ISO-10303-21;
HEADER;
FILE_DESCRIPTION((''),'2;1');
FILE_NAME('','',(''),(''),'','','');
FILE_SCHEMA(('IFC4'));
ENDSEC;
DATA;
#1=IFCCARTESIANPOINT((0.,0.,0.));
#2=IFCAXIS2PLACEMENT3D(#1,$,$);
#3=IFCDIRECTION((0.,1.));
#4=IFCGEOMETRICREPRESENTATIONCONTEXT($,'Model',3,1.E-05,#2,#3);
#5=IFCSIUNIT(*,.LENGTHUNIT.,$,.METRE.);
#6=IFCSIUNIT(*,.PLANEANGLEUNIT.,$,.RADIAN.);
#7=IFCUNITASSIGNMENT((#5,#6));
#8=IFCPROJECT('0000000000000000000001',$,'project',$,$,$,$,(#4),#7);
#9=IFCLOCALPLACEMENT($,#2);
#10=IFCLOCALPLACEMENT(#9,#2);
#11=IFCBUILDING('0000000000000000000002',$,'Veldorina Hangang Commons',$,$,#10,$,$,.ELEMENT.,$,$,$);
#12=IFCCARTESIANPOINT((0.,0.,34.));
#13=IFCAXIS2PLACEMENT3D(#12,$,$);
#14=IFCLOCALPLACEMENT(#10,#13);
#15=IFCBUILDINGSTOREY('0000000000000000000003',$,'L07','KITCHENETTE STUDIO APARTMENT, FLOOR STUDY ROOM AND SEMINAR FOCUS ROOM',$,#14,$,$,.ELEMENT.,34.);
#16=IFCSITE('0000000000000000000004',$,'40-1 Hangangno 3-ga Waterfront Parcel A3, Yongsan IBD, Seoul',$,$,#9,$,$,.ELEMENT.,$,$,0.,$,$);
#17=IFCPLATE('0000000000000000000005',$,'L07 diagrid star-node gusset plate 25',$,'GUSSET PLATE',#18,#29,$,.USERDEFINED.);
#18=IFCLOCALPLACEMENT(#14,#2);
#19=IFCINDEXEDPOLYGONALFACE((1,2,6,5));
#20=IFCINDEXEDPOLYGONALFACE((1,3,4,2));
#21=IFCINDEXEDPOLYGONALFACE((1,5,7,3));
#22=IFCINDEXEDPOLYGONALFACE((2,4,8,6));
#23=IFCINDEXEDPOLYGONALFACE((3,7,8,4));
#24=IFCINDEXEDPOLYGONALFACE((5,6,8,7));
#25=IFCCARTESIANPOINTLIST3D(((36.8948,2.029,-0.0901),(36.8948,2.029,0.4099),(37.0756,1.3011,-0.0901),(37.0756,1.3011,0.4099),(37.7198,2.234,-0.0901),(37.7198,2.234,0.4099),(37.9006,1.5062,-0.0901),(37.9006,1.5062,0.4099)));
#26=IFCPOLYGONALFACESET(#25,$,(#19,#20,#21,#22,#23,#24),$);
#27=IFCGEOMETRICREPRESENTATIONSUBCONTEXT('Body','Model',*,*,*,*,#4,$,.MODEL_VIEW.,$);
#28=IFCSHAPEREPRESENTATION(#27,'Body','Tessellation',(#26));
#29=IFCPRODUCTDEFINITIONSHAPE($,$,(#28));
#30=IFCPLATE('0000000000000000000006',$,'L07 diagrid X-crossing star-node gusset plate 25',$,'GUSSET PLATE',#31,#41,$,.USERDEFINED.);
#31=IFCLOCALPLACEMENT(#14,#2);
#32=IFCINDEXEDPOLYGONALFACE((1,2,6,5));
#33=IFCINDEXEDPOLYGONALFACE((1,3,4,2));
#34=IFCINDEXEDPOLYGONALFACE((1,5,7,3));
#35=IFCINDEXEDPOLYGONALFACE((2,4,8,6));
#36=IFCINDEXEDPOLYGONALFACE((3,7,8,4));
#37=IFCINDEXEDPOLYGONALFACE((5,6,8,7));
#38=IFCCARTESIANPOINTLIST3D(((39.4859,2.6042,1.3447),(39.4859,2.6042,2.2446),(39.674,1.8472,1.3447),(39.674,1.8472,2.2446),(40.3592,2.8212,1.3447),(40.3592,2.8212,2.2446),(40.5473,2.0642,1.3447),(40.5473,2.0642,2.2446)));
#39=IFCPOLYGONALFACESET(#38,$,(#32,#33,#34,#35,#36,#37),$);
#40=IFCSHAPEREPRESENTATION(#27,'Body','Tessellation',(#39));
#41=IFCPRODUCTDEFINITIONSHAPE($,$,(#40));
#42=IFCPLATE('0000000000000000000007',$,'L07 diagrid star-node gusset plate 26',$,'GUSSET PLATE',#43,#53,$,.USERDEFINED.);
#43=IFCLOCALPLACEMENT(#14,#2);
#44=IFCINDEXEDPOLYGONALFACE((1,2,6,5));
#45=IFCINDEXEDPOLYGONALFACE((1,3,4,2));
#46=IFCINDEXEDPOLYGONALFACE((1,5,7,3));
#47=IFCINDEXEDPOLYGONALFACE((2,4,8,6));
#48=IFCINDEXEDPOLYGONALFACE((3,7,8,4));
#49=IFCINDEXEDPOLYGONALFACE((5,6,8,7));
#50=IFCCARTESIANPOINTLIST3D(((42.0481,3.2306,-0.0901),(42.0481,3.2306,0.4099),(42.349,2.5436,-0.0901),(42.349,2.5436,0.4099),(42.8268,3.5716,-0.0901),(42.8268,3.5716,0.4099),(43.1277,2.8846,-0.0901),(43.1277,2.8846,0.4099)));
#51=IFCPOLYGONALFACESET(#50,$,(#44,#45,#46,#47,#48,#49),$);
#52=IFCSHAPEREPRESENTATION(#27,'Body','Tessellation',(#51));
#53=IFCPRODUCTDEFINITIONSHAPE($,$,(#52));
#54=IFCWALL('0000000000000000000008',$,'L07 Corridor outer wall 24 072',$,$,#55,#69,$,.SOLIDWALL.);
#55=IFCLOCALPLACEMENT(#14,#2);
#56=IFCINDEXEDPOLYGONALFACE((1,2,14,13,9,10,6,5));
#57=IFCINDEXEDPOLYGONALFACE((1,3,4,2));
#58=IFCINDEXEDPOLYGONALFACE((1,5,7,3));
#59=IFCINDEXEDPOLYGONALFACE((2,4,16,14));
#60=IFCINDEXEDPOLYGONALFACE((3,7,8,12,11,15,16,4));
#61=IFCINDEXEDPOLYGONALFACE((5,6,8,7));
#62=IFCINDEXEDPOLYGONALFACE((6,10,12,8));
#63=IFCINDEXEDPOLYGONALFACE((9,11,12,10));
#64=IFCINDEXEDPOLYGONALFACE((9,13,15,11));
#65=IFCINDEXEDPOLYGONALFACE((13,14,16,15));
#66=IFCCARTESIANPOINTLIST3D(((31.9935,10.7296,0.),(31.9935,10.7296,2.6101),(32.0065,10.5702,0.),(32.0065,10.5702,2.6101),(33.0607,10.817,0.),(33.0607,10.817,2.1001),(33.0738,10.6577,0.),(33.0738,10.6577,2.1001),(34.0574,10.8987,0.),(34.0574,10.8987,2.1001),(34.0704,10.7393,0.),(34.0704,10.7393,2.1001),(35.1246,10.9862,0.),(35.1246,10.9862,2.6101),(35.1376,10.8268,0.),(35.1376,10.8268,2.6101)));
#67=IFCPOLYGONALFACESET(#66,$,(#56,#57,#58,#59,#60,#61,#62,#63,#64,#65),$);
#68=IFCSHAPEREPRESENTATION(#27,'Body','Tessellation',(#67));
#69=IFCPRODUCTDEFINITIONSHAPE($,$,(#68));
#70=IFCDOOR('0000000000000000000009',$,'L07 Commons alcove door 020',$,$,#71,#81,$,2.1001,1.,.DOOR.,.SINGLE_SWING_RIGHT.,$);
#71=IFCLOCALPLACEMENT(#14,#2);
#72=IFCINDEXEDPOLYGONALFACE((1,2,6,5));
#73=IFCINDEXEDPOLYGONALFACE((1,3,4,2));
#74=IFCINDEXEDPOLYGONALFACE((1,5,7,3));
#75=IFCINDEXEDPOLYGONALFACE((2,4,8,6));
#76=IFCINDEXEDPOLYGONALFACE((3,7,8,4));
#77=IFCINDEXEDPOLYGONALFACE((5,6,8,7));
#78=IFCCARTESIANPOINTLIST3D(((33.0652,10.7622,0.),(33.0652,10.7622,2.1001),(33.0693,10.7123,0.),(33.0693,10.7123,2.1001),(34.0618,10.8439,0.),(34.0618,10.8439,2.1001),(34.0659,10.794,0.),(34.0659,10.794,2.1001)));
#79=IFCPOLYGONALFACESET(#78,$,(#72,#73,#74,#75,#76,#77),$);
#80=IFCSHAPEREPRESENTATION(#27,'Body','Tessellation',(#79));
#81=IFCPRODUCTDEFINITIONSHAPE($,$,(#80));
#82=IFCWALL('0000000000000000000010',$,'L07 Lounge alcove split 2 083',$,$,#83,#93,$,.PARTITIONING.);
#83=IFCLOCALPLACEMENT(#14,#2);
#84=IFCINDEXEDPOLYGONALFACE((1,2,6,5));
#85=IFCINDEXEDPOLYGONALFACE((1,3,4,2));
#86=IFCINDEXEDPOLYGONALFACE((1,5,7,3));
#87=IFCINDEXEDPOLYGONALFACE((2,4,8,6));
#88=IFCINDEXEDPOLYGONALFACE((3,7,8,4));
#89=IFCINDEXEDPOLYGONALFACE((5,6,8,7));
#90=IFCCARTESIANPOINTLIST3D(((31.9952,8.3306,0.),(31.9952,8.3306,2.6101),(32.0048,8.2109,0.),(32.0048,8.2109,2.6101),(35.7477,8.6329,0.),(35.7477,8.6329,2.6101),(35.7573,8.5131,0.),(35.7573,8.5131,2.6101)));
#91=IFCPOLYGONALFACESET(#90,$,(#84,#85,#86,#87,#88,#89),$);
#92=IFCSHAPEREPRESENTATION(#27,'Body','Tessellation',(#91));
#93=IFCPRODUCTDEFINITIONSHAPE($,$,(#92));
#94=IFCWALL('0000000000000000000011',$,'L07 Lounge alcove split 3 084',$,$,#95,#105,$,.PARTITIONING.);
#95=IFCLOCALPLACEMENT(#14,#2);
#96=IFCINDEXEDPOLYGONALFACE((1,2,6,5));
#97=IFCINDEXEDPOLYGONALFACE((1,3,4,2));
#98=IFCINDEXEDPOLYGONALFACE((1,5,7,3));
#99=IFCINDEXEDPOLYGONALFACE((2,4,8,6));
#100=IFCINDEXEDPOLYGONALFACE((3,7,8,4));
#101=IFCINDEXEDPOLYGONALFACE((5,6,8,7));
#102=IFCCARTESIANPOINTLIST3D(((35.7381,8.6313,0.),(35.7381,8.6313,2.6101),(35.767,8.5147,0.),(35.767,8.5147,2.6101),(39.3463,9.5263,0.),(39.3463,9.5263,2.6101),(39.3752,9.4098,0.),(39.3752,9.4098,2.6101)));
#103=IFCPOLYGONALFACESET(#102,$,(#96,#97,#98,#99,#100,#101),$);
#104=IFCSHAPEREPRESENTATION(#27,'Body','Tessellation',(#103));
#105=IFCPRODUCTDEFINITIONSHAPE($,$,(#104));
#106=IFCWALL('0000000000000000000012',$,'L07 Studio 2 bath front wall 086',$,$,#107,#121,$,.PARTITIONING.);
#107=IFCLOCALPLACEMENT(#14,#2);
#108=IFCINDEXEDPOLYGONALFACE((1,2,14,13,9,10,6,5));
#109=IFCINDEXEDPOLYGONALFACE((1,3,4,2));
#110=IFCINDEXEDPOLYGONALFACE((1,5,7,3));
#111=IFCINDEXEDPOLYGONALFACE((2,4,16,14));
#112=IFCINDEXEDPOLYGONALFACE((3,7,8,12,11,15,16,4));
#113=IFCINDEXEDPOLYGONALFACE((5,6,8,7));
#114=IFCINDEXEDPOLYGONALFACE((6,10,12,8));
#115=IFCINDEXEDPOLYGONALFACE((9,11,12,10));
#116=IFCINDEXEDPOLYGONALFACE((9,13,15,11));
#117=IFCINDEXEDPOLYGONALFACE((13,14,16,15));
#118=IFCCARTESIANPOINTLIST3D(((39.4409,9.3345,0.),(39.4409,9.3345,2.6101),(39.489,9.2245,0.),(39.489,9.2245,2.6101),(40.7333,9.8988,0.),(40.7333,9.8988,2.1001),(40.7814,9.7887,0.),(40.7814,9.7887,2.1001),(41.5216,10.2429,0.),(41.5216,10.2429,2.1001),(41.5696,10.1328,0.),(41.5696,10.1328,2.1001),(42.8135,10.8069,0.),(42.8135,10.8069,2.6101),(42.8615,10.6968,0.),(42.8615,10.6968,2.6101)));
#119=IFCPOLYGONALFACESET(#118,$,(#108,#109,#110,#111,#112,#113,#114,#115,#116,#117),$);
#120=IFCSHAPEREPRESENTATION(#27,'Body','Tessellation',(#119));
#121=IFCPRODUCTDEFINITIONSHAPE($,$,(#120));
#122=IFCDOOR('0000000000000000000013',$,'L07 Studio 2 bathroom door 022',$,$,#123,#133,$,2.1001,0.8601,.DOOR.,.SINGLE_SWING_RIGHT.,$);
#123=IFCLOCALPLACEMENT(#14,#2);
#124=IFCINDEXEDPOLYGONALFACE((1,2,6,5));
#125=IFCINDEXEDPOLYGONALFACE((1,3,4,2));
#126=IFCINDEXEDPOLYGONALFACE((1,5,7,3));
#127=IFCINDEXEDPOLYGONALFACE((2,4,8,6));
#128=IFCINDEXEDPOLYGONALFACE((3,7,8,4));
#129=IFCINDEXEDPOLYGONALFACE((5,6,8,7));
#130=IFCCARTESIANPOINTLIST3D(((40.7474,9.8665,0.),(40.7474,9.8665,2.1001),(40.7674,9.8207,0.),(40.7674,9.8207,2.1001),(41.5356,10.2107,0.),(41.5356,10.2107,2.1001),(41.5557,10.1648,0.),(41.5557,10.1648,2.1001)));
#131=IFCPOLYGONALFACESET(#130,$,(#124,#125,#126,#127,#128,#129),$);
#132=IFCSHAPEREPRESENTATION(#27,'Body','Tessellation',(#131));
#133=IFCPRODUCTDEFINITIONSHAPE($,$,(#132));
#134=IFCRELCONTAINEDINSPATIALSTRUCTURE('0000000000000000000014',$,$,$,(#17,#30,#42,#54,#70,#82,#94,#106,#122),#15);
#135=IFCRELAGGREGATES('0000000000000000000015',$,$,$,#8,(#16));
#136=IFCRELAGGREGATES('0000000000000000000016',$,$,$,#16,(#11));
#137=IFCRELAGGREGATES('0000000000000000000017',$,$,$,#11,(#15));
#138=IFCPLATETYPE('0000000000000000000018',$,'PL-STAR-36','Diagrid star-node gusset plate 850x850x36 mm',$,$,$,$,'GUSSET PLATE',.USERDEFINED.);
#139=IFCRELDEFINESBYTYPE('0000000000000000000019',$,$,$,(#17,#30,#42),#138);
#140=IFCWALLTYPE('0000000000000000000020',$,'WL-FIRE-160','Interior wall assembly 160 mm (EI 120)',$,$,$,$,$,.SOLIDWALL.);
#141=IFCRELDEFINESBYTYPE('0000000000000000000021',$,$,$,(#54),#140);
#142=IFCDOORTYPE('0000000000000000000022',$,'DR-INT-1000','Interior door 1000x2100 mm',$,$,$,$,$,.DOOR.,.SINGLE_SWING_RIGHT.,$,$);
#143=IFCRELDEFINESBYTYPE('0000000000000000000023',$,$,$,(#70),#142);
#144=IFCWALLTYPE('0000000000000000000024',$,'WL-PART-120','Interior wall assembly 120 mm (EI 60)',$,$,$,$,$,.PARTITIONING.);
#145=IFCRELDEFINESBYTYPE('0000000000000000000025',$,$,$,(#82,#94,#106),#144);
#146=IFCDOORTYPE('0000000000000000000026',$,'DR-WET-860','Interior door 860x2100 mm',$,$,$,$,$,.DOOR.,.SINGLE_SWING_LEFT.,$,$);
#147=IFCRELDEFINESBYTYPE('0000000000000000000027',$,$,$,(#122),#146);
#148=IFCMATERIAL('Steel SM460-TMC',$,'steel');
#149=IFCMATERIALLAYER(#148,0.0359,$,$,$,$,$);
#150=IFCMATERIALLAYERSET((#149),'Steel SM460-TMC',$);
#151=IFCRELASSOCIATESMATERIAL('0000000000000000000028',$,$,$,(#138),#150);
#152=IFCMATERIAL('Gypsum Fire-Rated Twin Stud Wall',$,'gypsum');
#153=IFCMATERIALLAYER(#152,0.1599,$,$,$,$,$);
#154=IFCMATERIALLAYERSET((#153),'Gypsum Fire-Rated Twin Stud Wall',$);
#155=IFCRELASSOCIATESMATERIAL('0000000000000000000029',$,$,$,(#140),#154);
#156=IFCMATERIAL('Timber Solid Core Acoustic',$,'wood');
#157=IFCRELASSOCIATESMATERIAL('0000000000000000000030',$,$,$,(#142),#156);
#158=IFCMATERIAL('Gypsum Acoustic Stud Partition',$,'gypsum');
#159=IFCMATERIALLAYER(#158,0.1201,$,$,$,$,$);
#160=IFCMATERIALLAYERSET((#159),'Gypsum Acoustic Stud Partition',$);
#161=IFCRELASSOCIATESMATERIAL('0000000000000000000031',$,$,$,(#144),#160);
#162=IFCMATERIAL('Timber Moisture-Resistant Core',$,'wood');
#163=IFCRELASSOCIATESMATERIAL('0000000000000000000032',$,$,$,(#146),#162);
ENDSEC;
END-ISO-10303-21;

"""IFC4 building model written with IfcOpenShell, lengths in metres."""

from ifc_helpers import new_model, si_unit, direction, frame, frame_2d, origin, origin_2d, place, context, subcontext, project, spatial, rectangle, extrude, material, layer, layer_set, type_object, element, fill, save


model = new_model("IFC4")

# Units and contexts
model_context = context("Model", 3, precision=1e-05, world=origin(), true_north=direction((0.0, 1.0)))
body_context = subcontext(model_context, "Body", "Model", "MODEL_VIEW")
ifc_project = project(units=[si_unit("LENGTHUNIT", "METRE"), si_unit("PLANEANGLEUNIT", "RADIAN")], contexts=[model_context])

# Site, building, storey
site_placement = place(None, origin())
site = spatial("IfcSite", under=ifc_project, at=site_placement, Name="40-1 Hangangno 3-ga Waterfront Parcel A3, Yongsan IBD, Seoul", CompositionType="ELEMENT", RefElevation=0.0)
building_placement = place(site_placement, origin())
building = spatial("IfcBuilding", under=site, at=building_placement, Name="Veldorina Hangang Commons", CompositionType="ELEMENT")
storey_placement = place(building_placement, frame((0.0, 0.0, 34.0)))
storey = spatial("IfcBuildingStorey", under=building, at=storey_placement, Name="L07", Description="KITCHENETTE STUDIO APARTMENT, FLOOR STUDY ROOM AND SEMINAR FOCUS ROOM", CompositionType="ELEMENT", Elevation=34.0)

# Shared definitions
ifc_material_1 = material(Name="Steel SM460-TMC", Category="steel")

# Plates
ifc_layer_1 = layer(ifc_material_1, 0.0359)
ifc_layer_set_1 = layer_set([ifc_layer_1], Name="Steel SM460-TMC")
plate_type_1 = type_object("IfcPlateType", Name="PL-STAR-36", Description="Diagrid star-node gusset plate 850x850x36 mm", ElementType="GUSSET PLATE", PredefinedType="USERDEFINED", material=ifc_layer_set_1)
plate_1_placement = place(storey_placement, frame((37.3977, 1.7676, -0.0901), z_axis=(0.0, 0.0, 1.0), x_axis=(0.970481, 0.241177, 0.0)))
element("IfcPlate", 1, at=plate_1_placement, inside=storey, type_object=plate_type_1, Name="L07 diagrid star-node gusset plate 25", ObjectType="GUSSET PLATE", PredefinedType="USERDEFINED", context=body_context, shape_type="SweptSolid", body=[
    extrude(rectangle(XDim=0.8501, YDim=0.75, at=origin_2d()), origin(), (0.0, 0.0, 1.0), 0.5),
])
plate_2_placement = place(storey_placement, frame((40.0166, 2.3342, 1.3447), z_axis=(0.0, 0.0, 1.0), x_axis=(0.970481, 0.241177, 0.0)))
element("IfcPlate", 2, at=plate_2_placement, inside=storey, type_object=plate_type_1, Name="L07 diagrid X-crossing star-node gusset plate 25", ObjectType="GUSSET PLATE", PredefinedType="USERDEFINED", context=body_context, shape_type="SweptSolid", body=[
    extrude(rectangle(XDim=0.8999, YDim=0.78, at=origin_2d()), origin(), (0.0, 0.0, 1.0), 0.8999),
])
plate_3_placement = place(storey_placement, frame((42.5879, 3.0576, -0.0901), z_axis=(0.0, 0.0, 1.0), x_axis=(0.91602, 0.401133, 0.0)))
element("IfcPlate", 3, at=plate_3_placement, inside=storey, type_object=plate_type_1, Name="L07 diagrid star-node gusset plate 26", ObjectType="GUSSET PLATE", PredefinedType="USERDEFINED", context=body_context, shape_type="SweptSolid", body=[
    extrude(rectangle(XDim=0.8501, YDim=0.75, at=origin_2d()), origin(), (0.0, 0.0, 1.0), 0.5),
])

# Wall, opening, door
ifc_material_2 = material(Name="Gypsum Fire-Rated Twin Stud Wall", Category="gypsum")
ifc_layer_2 = layer(ifc_material_2, 0.1599)
ifc_layer_set_2 = layer_set([ifc_layer_2], Name="Gypsum Fire-Rated Twin Stud Wall")
wall_type_1 = type_object("IfcWallType", Name="WL-FIRE-160", Description="Interior wall assembly 160 mm (EI 120)", PredefinedType="SOLIDWALL", material=ifc_layer_set_2)
wall_1_placement = place(storey_placement, frame((32.0, 10.6499, 0.0), z_axis=(0.0, 0.0, 1.0), x_axis=(0.996659, 0.081676, 0.0)))
wall_1 = element("IfcWall", 4, at=wall_1_placement, inside=storey, type_object=wall_type_1, Name="L07 Corridor outer wall 24 072", PredefinedType="SOLIDWALL", context=body_context, shape_type="SweptSolid", body=[
    extrude(rectangle(XDim=3.1416, YDim=0.1599, at=frame_2d((1.5708, 0.0))), origin(), (0.0, 0.0, 1.0), 2.6101),
])
opening_1_placement = place(wall_1_placement, frame((1.0708, 0.0, 0.0)))
opening_1 = element("IfcOpeningElement", 5, at=opening_1_placement, cuts=wall_1, PredefinedType="OPENING", context=body_context, shape_type="SweptSolid", body=[
    extrude(rectangle(XDim=1.0, YDim=2.1001, at=frame_2d((0.5, 1.05))), frame((0.0, 0.0898, 0.0), z_axis=(0.0, -1.0, 0.0), x_axis=(1.0, 0.0, 0.0)), (0.0, 0.0, 1.0), 0.1799),
])
ifc_material_3 = material(Name="Timber Solid Core Acoustic", Category="wood")
door_type_1 = type_object("IfcDoorType", Name="DR-INT-1000", Description="Interior door 1000x2100 mm", OperationType="SINGLE_SWING_RIGHT", PredefinedType="DOOR", material=ifc_material_3)
door_1_placement = place(opening_1_placement, origin())
door_1 = element("IfcDoor", 6, at=door_1_placement, inside=storey, type_object=door_type_1, Name="L07 Commons alcove door 020", OperationType="SINGLE_SWING_RIGHT", OverallHeight=2.1001, OverallWidth=1.0, PredefinedType="DOOR", context=body_context, shape_type="SweptSolid", body=[
    extrude(rectangle(XDim=1.0, YDim=2.1001, at=frame_2d((0.5, 1.05))), frame((0.0, 0.0249, 0.0), z_axis=(0.0, -1.0, 0.0), x_axis=(1.0, 0.0, 0.0)), (0.0, 0.0, 1.0), 0.05),
])
fill(opening_1, door_1)

# Walls
ifc_material_4 = material(Name="Gypsum Acoustic Stud Partition", Category="gypsum")
ifc_layer_3 = layer(ifc_material_4, 0.1201)
ifc_layer_set_3 = layer_set([ifc_layer_3], Name="Gypsum Acoustic Stud Partition")
wall_type_2 = type_object("IfcWallType", Name="WL-PART-120", Description="Interior wall assembly 120 mm (EI 60)", PredefinedType="PARTITIONING", material=ifc_layer_set_3)
wall_2_placement = place(storey_placement, frame((32.0, 8.2708, 0.0), z_axis=(0.0, 0.0, 1.0), x_axis=(0.996772, 0.080287, 0.0)))
element("IfcWall", 7, at=wall_2_placement, inside=storey, type_object=wall_type_2, Name="L07 Lounge alcove split 2 083", PredefinedType="PARTITIONING", context=body_context, shape_type="SweptSolid", body=[
    extrude(rectangle(XDim=3.7646, YDim=0.1201, at=frame_2d((1.8823, 0.0))), origin(), (0.0, 0.0, 1.0), 2.6101),
])
wall_3_placement = place(storey_placement, frame((35.7524, 8.573, 0.0), z_axis=(0.0, 0.0, 1.0), x_axis=(0.970585, 0.240758, 0.0)))
element("IfcWall", 8, at=wall_3_placement, inside=storey, type_object=wall_type_2, Name="L07 Lounge alcove split 3 084", PredefinedType="PARTITIONING", context=body_context, shape_type="SweptSolid", body=[
    extrude(rectangle(XDim=3.7175, YDim=0.1201, at=frame_2d((1.8589, 0.0))), origin(), (0.0, 0.0, 1.0), 2.6101),
])

# Wall, opening, door
wall_4_placement = place(storey_placement, frame((39.4651, 9.2795, 0.0), z_axis=(0.0, 0.0, 1.0), x_axis=(0.916465, 0.400116, 0.0)))
wall_4 = element("IfcWall", 9, at=wall_4_placement, inside=storey, type_object=wall_type_2, Name="L07 Studio 2 bath front wall 086", PredefinedType="PARTITIONING", context=body_context, shape_type="SweptSolid", body=[
    extrude(rectangle(XDim=3.6799, YDim=0.1201, at=frame_2d((1.8398, 0.0))), origin(), (0.0, 0.0, 1.0), 2.6101),
])
opening_2_placement = place(wall_4_placement, frame((1.4099, 0.0, 0.0)))
opening_2 = element("IfcOpeningElement", 10, at=opening_2_placement, cuts=wall_4, PredefinedType="OPENING", context=body_context, shape_type="SweptSolid", body=[
    extrude(rectangle(XDim=0.8601, YDim=2.1001, at=frame_2d((0.4302, 1.05))), frame((0.0, 0.0701, 0.0), z_axis=(0.0, -1.0, 0.0), x_axis=(1.0, 0.0, 0.0)), (0.0, 0.0, 1.0), 0.1401),
])
ifc_material_5 = material(Name="Timber Moisture-Resistant Core", Category="wood")
door_type_2 = type_object("IfcDoorType", Name="DR-WET-860", Description="Interior door 860x2100 mm", OperationType="SINGLE_SWING_LEFT", PredefinedType="DOOR", material=ifc_material_5)
door_2_placement = place(opening_2_placement, origin())
door_2 = element("IfcDoor", 11, at=door_2_placement, inside=storey, type_object=door_type_2, Name="L07 Studio 2 bathroom door 022", OperationType="SINGLE_SWING_RIGHT", OverallHeight=2.1001, OverallWidth=0.8601, PredefinedType="DOOR", context=body_context, shape_type="SweptSolid", body=[
    extrude(rectangle(XDim=0.8601, YDim=2.1001, at=frame_2d((0.4302, 1.05))), frame((0.0, 0.0249, 0.0), z_axis=(0.0, -1.0, 0.0), x_axis=(1.0, 0.0, 0.0)), (0.0, 0.0, 1.0), 0.05),
])
fill(opening_2, door_2)

save(model, "model.ifc")
